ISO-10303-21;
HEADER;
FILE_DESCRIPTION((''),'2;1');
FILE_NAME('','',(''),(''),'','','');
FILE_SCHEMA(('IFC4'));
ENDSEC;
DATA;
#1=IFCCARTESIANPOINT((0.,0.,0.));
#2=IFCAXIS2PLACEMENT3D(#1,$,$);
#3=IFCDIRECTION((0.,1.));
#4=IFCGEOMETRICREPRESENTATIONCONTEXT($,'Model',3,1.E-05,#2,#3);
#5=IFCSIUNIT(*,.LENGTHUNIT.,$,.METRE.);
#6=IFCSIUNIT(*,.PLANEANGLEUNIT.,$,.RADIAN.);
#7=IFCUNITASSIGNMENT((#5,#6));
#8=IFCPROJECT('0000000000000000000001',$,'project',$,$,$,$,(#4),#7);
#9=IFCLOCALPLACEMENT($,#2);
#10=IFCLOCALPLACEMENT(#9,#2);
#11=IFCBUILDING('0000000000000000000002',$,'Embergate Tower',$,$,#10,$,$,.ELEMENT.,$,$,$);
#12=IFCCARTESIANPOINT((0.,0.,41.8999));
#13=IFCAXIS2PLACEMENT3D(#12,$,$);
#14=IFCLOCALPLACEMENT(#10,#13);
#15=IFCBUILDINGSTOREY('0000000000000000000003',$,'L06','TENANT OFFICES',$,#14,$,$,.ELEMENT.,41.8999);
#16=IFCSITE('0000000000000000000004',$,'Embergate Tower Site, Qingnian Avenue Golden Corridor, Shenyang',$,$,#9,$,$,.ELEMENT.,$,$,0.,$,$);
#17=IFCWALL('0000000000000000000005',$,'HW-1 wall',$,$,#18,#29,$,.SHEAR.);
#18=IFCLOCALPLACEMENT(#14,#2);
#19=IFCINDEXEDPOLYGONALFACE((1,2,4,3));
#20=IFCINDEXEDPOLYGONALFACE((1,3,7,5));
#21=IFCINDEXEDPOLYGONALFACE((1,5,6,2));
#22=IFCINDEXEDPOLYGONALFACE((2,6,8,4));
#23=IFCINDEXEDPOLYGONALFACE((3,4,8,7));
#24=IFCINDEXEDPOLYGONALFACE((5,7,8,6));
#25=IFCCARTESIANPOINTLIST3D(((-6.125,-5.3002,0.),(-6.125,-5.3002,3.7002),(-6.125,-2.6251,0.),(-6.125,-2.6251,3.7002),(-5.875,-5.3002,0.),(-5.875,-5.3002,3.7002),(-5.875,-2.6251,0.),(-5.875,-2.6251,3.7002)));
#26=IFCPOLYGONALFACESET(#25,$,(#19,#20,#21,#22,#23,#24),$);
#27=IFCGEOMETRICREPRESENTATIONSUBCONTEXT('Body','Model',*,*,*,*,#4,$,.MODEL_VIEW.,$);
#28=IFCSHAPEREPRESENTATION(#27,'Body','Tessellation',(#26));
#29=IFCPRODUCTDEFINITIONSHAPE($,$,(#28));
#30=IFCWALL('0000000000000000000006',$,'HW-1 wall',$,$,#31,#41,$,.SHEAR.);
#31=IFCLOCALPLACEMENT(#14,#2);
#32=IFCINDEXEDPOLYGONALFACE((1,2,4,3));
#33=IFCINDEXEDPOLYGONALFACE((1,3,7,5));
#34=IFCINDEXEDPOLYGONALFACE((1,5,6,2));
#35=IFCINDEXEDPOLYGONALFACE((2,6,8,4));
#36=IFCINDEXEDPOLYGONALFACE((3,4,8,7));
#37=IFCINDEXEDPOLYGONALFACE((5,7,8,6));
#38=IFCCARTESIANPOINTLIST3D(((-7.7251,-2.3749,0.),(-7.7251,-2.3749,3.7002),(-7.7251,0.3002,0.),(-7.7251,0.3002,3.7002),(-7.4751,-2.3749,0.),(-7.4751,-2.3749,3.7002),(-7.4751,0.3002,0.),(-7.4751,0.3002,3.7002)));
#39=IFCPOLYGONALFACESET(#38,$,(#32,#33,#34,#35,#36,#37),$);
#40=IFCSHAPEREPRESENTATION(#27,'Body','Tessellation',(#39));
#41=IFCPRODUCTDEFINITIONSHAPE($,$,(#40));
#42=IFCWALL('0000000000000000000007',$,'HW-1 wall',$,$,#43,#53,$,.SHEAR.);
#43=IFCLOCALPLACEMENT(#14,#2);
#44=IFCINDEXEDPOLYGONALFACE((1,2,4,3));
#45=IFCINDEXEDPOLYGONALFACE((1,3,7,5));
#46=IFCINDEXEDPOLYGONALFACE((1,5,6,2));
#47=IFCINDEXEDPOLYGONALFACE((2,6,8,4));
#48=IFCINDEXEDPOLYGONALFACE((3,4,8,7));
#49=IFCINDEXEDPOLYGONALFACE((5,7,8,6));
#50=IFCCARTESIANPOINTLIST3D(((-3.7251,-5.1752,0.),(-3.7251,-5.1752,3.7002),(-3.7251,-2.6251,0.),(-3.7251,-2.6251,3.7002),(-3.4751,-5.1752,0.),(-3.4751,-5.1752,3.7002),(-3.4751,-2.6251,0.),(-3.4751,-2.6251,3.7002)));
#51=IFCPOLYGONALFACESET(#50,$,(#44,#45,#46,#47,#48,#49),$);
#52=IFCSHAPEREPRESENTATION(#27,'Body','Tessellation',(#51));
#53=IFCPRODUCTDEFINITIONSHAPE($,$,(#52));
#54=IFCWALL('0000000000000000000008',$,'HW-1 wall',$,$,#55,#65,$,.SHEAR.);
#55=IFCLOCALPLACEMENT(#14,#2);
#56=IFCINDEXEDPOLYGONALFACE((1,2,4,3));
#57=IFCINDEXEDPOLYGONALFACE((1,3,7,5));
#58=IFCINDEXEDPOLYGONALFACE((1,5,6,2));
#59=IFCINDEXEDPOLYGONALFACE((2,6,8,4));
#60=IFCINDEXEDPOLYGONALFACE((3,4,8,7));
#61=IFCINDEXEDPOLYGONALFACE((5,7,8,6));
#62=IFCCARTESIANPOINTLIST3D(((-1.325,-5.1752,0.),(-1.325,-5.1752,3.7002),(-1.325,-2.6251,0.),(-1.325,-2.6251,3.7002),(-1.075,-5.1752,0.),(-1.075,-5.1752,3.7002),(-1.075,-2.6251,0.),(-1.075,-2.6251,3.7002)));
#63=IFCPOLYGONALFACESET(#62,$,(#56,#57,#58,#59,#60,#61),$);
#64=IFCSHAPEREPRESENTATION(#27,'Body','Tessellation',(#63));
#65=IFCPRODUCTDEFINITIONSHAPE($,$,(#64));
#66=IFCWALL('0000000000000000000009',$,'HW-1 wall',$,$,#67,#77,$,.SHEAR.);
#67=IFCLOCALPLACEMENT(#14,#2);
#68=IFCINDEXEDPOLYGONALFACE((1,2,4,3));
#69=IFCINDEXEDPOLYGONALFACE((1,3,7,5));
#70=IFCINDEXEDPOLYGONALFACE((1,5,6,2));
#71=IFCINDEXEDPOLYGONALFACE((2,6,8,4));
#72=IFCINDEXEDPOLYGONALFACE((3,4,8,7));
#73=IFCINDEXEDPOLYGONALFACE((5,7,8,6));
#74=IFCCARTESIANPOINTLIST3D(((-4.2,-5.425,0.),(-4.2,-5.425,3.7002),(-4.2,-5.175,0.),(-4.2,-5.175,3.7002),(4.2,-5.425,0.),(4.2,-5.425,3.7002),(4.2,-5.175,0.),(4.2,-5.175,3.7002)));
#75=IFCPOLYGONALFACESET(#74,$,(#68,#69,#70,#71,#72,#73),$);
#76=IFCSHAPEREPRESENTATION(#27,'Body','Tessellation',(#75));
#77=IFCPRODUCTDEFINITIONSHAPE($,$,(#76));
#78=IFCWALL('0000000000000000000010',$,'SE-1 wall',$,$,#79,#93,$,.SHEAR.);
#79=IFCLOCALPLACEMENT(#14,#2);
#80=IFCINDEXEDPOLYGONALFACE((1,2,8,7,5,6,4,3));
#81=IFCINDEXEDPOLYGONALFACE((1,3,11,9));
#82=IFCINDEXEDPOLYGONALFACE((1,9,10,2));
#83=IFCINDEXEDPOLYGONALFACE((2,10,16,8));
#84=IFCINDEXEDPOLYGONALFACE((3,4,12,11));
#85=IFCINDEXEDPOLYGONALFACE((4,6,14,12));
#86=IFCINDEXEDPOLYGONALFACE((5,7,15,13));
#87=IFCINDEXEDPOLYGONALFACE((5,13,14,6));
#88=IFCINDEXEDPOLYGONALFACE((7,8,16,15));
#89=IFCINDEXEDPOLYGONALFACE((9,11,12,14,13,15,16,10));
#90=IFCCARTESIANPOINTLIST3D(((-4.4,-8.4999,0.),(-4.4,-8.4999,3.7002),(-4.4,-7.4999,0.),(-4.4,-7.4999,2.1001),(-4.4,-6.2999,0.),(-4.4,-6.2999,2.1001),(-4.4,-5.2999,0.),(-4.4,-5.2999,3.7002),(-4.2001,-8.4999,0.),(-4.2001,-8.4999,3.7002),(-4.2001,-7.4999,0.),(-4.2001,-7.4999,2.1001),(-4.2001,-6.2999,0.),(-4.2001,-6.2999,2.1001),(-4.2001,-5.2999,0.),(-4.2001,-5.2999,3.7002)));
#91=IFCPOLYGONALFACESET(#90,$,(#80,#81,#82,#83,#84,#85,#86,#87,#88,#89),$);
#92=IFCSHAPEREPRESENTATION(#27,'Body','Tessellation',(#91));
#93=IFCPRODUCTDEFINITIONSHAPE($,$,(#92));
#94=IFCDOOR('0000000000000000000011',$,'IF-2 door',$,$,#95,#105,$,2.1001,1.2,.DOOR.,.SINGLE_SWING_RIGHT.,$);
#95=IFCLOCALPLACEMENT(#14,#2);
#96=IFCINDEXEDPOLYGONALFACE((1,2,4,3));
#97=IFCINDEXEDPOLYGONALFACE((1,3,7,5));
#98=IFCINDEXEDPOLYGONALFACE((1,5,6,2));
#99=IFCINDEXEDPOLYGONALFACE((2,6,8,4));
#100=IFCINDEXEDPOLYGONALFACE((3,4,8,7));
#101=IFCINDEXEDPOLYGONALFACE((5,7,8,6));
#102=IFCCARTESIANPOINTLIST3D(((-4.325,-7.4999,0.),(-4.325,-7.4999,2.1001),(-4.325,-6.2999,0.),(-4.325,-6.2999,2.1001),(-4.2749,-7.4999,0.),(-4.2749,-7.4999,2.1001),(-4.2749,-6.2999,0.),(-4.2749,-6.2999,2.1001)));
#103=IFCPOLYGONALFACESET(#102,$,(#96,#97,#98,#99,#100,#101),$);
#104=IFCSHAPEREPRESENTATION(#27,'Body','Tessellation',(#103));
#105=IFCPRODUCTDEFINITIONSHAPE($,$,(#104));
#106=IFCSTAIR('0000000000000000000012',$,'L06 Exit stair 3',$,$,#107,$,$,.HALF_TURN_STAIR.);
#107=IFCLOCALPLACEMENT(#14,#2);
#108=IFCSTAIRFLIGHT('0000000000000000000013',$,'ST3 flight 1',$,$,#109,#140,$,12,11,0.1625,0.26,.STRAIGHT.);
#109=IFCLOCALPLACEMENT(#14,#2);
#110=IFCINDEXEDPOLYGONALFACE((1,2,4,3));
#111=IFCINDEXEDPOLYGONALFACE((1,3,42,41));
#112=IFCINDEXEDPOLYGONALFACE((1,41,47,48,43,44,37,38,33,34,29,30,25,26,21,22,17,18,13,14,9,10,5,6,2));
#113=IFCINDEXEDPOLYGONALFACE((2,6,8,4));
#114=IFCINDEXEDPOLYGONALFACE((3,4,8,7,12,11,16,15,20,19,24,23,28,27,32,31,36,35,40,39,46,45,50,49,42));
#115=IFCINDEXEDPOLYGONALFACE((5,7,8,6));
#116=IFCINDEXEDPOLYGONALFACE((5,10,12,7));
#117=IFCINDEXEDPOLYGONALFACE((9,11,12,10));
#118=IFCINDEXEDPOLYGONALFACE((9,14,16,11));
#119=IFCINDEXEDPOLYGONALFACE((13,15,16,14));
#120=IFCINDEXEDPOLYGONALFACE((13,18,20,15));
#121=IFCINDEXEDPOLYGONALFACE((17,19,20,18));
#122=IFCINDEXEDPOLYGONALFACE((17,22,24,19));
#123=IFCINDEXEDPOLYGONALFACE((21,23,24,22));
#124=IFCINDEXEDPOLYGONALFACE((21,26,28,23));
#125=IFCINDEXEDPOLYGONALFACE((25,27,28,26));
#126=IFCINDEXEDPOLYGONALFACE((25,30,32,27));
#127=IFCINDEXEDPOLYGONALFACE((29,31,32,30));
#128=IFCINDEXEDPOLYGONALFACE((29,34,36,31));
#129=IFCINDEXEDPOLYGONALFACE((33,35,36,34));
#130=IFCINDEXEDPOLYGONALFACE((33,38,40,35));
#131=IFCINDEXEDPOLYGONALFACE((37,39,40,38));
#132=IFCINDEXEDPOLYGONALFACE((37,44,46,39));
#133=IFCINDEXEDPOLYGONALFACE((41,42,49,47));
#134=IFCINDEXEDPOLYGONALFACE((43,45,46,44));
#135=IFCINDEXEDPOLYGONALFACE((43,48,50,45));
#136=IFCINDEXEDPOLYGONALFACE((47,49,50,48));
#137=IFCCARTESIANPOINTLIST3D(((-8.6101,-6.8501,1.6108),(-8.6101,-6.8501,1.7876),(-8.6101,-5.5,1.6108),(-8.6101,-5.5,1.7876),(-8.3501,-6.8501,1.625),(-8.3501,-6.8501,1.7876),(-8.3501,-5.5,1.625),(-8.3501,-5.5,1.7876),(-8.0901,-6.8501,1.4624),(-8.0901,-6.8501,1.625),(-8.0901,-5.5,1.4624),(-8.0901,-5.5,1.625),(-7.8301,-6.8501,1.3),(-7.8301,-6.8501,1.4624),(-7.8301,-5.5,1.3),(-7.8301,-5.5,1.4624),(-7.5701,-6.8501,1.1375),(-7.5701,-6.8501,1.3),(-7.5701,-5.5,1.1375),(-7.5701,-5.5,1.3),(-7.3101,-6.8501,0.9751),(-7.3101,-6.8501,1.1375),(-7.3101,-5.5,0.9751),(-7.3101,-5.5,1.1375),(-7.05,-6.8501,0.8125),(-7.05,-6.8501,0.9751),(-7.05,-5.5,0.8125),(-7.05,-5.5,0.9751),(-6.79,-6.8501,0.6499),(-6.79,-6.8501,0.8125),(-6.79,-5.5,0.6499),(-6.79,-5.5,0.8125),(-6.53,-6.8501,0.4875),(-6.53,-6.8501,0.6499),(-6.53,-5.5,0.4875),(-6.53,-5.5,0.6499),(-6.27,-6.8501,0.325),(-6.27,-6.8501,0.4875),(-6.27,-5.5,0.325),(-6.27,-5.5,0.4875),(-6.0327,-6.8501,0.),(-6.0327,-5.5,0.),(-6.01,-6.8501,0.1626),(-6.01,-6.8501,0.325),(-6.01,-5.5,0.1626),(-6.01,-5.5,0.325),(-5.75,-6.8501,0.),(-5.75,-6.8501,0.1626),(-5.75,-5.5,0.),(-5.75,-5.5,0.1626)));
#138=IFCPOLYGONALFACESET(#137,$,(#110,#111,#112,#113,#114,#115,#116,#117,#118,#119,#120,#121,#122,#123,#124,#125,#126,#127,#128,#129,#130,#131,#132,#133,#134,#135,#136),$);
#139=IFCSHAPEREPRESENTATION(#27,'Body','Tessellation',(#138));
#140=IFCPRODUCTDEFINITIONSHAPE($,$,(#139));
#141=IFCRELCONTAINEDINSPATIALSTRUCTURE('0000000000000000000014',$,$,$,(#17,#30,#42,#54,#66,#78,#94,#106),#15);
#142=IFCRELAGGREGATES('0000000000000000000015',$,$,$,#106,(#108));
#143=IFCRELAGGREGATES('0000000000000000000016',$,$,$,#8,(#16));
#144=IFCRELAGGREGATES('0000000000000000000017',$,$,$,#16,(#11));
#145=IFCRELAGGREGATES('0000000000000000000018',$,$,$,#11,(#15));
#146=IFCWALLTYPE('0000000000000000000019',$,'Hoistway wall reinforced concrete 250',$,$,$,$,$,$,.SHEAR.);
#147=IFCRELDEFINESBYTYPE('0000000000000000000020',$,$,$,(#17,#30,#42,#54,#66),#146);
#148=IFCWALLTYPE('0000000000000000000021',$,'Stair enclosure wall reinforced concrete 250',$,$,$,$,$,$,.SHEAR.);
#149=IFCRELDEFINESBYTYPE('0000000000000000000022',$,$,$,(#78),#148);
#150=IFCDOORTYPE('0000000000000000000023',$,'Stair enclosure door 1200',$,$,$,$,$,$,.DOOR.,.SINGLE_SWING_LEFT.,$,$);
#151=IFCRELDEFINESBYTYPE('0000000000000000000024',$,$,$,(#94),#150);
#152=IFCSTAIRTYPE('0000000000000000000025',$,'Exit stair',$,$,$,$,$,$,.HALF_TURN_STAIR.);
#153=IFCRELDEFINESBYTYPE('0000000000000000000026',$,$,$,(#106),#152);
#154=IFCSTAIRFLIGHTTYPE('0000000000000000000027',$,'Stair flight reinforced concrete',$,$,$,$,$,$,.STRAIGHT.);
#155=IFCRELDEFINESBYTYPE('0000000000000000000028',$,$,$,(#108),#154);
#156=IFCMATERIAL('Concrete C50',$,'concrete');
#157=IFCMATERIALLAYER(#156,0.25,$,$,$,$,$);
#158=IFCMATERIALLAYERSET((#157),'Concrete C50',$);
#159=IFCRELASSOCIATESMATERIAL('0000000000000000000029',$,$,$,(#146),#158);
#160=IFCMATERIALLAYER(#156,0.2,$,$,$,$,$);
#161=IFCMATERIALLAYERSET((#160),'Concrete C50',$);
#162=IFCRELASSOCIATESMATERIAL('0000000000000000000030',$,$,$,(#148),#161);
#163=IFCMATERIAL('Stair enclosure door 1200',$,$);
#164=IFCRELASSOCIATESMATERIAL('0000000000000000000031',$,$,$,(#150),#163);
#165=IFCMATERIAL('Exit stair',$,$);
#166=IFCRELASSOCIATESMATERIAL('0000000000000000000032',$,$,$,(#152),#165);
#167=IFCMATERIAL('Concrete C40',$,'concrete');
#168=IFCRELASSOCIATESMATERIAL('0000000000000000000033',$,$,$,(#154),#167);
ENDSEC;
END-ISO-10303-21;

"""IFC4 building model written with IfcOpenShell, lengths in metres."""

from ifc_helpers import new_model, si_unit, direction, frame, frame_2d, origin, place, context, subcontext, project, spatial, polyline, rectangle, outline, extrude, source, transform, mapped, material, layer, layer_set, type_object, element, fill, aggregate, save


model = new_model("IFC4")

# Units and contexts
model_context = context("Model", 3, precision=1e-05, world=origin(), true_north=direction((0.0, 1.0)))
body_context = subcontext(model_context, "Body", "Model", "MODEL_VIEW")
ifc_project = project(units=[si_unit("LENGTHUNIT", "METRE"), si_unit("PLANEANGLEUNIT", "RADIAN")], contexts=[model_context])

# Site, building, storey
site_placement = place(None, origin())
site = spatial("IfcSite", under=ifc_project, at=site_placement, Name="Embergate Tower Site, Qingnian Avenue Golden Corridor, Shenyang", CompositionType="ELEMENT", RefElevation=0.0)
building_placement = place(site_placement, origin())
building = spatial("IfcBuilding", under=site, at=building_placement, Name="Embergate Tower", CompositionType="ELEMENT")
storey_placement = place(building_placement, frame((0.0, 0.0, 41.8999)))
storey = spatial("IfcBuildingStorey", under=building, at=storey_placement, Name="L06", Description="TENANT OFFICES", CompositionType="ELEMENT", Elevation=41.8999)

# Shared definitions
shared_shape_1 = source(origin(), body_context, "Body", "SweptSolid", [
    extrude(rectangle(XDim=1.2, YDim=2.1001, at=frame_2d((0.6001, 1.05))), frame((0.0, 0.0249, 0.0), z_axis=(0.0, -1.0, 0.0), x_axis=(1.0, 0.0, 0.0)), (0.0, 0.0, 1.0), 0.05),
])

# Walls
ifc_material_1 = material(Name="Concrete C50", Category="concrete")
ifc_layer_1 = layer(ifc_material_1, 0.25)
ifc_layer_set_1 = layer_set([ifc_layer_1], Name="Concrete C50")
wall_type_1 = type_object("IfcWallType", Name="Hoistway wall reinforced concrete 250", PredefinedType="SHEAR", material=ifc_layer_set_1)
shared_shape_2 = source(origin(), body_context, "Body", "SweptSolid", [
    extrude(rectangle(XDim=2.675, YDim=0.25, at=frame_2d((1.3374, 0.0))), origin(), (0.0, 0.0, 1.0), 3.7002),
])
for number, where, z_axis, x_axis, name in (
    (1, (-6.0, -5.3, 0.0), (0.0, 0.0, 1.0), (0.0, 1.0, 0.0), "HW-1 wall"),
    (2, (-7.6001, 0.3, 0.0), (0.0, 0.0, 1.0), (0.0, -1.0, 0.0), "HW-1 wall"),
):
    element("IfcWall", number, at=place(storey_placement, frame(where, z_axis=z_axis, x_axis=x_axis)), inside=storey, type_object=wall_type_1, Name=name, PredefinedType="SHEAR", context=body_context, shape_type="MappedRepresentation", body=[
        mapped(shared_shape_2, transform((0.0, 0.0, 0.0))),
    ])
shared_shape_3 = source(origin(), body_context, "Body", "SweptSolid", [
    extrude(rectangle(XDim=2.55, YDim=0.25, at=frame_2d((1.2749, 0.0))), origin(), (0.0, 0.0, 1.0), 3.7002),
])
for number, where, z_axis, x_axis, name in (
    (3, (-3.6001, -5.175, 0.0), (0.0, 0.0, 1.0), (0.0, 1.0, 0.0), "HW-1 wall"),
    (4, (-1.2, -5.175, 0.0), (0.0, 0.0, 1.0), (0.0, 1.0, 0.0), "HW-1 wall"),
):
    element("IfcWall", number, at=place(storey_placement, frame(where, z_axis=z_axis, x_axis=x_axis)), inside=storey, type_object=wall_type_1, Name=name, PredefinedType="SHEAR", context=body_context, shape_type="MappedRepresentation", body=[
        mapped(shared_shape_3, transform((0.0, 0.0, 0.0))),
    ])
shared_shape_4 = source(origin(), body_context, "Body", "SweptSolid", [
    extrude(rectangle(XDim=8.3999, YDim=0.25, at=frame_2d((4.2, 0.0))), origin(), (0.0, 0.0, 1.0), 3.7002),
])
wall_1_placement = place(storey_placement, frame((-4.2, -5.3, 0.0), z_axis=(0.0, 0.0, 1.0), x_axis=(1.0, 0.0, 0.0)))
element("IfcWall", 5, at=wall_1_placement, inside=storey, type_object=wall_type_1, Name="HW-1 wall", PredefinedType="SHEAR", context=body_context, shape_type="MappedRepresentation", body=[
    mapped(shared_shape_4, transform((0.0, 0.0, 0.0))),
])

# Wall, opening, door
ifc_layer_2 = layer(ifc_material_1, 0.2)
ifc_layer_set_2 = layer_set([ifc_layer_2], Name="Concrete C50")
wall_type_2 = type_object("IfcWallType", Name="Stair enclosure wall reinforced concrete 250", PredefinedType="SHEAR", material=ifc_layer_set_2)
shared_shape_5 = source(origin(), body_context, "Body", "SweptSolid", [
    extrude(rectangle(XDim=3.2, YDim=0.2, at=frame_2d((1.6001, 0.0))), origin(), (0.0, 0.0, 1.0), 3.7002),
])
wall_2_placement = place(storey_placement, frame((-4.3, -8.5, 0.0), z_axis=(0.0, 0.0, 1.0), x_axis=(0.0, 1.0, 0.0)))
wall_2 = element("IfcWall", 6, at=wall_2_placement, inside=storey, type_object=wall_type_2, Name="SE-1 wall", PredefinedType="SHEAR", context=body_context, shape_type="MappedRepresentation", body=[
    mapped(shared_shape_5, transform((0.0, 0.0, 0.0))),
])
shared_shape_6 = source(origin(), body_context, "Body", "SweptSolid", [
    extrude(rectangle(XDim=1.2, YDim=2.1001, at=frame_2d((0.6001, 1.05))), frame((0.0, 0.1099, 0.0), z_axis=(0.0, -1.0, 0.0), x_axis=(1.0, 0.0, 0.0)), (0.0, 0.0, 1.0), 0.22),
])
opening_1_placement = place(wall_2_placement, frame((1.0, 0.0, 0.0)))
opening_1 = element("IfcOpeningElement", 7, at=opening_1_placement, cuts=wall_2, PredefinedType="OPENING", context=body_context, shape_type="MappedRepresentation", body=[
    mapped(shared_shape_6, transform((0.0, 0.0, 0.0))),
])
ifc_material_2 = material(Name="Stair enclosure door 1200")
door_type_1 = type_object("IfcDoorType", Name="Stair enclosure door 1200", OperationType="SINGLE_SWING_LEFT", PredefinedType="DOOR", material=ifc_material_2)
door_1_placement = place(opening_1_placement, origin())
door_1 = element("IfcDoor", 8, at=door_1_placement, inside=storey, type_object=door_type_1, Name="IF-2 door", OperationType="SINGLE_SWING_RIGHT", OverallHeight=2.1001, OverallWidth=1.2, PredefinedType="DOOR", context=body_context, shape_type="MappedRepresentation", body=[
    mapped(shared_shape_1, transform((0.0, 0.0, 0.0))),
])
fill(opening_1, door_1)

# Stair, stair flight
ifc_material_3 = material(Name="Exit stair")
stair_type = type_object("IfcStairType", Name="Exit stair", PredefinedType="HALF_TURN_STAIR", material=ifc_material_3)
stair_placement = place(storey_placement, origin())
stair = element("IfcStair", 9, at=stair_placement, inside=storey, type_object=stair_type, Name="L06 Exit stair 3", PredefinedType="HALF_TURN_STAIR")
ifc_material_4 = material(Name="Concrete C40", Category="concrete")
stair_flight_type = type_object("IfcStairFlightType", Name="Stair flight reinforced concrete", PredefinedType="STRAIGHT", material=ifc_material_4)
shared_shape_7 = source(origin(), body_context, "Body", "SweptSolid", [
    extrude(outline(polyline([(0.0, 0.0), (0.0, 0.1626), (0.26, 0.1626), (0.26, 0.325), (0.52, 0.325), (0.52, 0.4875), (0.78, 0.4875), (0.78, 0.6499), (1.04, 0.6499), (1.04, 0.8125), (1.3, 0.8125), (1.3, 0.9751), (1.5601, 0.9751), (1.5601, 1.1375), (1.8201, 1.1375), (1.8201, 1.3), (2.0801, 1.3), (2.0801, 1.4624), (2.3401, 1.4624), (2.3401, 1.625), (2.6001, 1.625), (2.6001, 1.7876), (2.8601, 1.7876), (2.8601, 1.95), (2.8601, 1.6108), (0.2827, 0.0), (0.0, 0.0)])), frame((0.0, 0.675, 0.0), z_axis=(0.0, -1.0, 0.0), x_axis=(1.0, 0.0, 0.0)), (0.0, 0.0, 1.0), 1.3501),
])
stair_flight_placement = place(storey_placement, frame((-5.75, -6.175, 0.0), z_axis=(0.0, 0.0, 1.0), x_axis=(-1.0, 0.0, 0.0)))
stair_flight = element("IfcStairFlight", 10, at=stair_flight_placement, type_object=stair_flight_type, Name="ST3 flight 1", NumberOfRisers=12, NumberOfTreads=11, PredefinedType="STRAIGHT", RiserHeight=0.1625, TreadLength=0.26, context=body_context, shape_type="MappedRepresentation", body=[
    mapped(shared_shape_7, transform((0.0, 0.0, 0.0))),
])
aggregate(stair, [stair_flight])

save(model, "model.ifc")
